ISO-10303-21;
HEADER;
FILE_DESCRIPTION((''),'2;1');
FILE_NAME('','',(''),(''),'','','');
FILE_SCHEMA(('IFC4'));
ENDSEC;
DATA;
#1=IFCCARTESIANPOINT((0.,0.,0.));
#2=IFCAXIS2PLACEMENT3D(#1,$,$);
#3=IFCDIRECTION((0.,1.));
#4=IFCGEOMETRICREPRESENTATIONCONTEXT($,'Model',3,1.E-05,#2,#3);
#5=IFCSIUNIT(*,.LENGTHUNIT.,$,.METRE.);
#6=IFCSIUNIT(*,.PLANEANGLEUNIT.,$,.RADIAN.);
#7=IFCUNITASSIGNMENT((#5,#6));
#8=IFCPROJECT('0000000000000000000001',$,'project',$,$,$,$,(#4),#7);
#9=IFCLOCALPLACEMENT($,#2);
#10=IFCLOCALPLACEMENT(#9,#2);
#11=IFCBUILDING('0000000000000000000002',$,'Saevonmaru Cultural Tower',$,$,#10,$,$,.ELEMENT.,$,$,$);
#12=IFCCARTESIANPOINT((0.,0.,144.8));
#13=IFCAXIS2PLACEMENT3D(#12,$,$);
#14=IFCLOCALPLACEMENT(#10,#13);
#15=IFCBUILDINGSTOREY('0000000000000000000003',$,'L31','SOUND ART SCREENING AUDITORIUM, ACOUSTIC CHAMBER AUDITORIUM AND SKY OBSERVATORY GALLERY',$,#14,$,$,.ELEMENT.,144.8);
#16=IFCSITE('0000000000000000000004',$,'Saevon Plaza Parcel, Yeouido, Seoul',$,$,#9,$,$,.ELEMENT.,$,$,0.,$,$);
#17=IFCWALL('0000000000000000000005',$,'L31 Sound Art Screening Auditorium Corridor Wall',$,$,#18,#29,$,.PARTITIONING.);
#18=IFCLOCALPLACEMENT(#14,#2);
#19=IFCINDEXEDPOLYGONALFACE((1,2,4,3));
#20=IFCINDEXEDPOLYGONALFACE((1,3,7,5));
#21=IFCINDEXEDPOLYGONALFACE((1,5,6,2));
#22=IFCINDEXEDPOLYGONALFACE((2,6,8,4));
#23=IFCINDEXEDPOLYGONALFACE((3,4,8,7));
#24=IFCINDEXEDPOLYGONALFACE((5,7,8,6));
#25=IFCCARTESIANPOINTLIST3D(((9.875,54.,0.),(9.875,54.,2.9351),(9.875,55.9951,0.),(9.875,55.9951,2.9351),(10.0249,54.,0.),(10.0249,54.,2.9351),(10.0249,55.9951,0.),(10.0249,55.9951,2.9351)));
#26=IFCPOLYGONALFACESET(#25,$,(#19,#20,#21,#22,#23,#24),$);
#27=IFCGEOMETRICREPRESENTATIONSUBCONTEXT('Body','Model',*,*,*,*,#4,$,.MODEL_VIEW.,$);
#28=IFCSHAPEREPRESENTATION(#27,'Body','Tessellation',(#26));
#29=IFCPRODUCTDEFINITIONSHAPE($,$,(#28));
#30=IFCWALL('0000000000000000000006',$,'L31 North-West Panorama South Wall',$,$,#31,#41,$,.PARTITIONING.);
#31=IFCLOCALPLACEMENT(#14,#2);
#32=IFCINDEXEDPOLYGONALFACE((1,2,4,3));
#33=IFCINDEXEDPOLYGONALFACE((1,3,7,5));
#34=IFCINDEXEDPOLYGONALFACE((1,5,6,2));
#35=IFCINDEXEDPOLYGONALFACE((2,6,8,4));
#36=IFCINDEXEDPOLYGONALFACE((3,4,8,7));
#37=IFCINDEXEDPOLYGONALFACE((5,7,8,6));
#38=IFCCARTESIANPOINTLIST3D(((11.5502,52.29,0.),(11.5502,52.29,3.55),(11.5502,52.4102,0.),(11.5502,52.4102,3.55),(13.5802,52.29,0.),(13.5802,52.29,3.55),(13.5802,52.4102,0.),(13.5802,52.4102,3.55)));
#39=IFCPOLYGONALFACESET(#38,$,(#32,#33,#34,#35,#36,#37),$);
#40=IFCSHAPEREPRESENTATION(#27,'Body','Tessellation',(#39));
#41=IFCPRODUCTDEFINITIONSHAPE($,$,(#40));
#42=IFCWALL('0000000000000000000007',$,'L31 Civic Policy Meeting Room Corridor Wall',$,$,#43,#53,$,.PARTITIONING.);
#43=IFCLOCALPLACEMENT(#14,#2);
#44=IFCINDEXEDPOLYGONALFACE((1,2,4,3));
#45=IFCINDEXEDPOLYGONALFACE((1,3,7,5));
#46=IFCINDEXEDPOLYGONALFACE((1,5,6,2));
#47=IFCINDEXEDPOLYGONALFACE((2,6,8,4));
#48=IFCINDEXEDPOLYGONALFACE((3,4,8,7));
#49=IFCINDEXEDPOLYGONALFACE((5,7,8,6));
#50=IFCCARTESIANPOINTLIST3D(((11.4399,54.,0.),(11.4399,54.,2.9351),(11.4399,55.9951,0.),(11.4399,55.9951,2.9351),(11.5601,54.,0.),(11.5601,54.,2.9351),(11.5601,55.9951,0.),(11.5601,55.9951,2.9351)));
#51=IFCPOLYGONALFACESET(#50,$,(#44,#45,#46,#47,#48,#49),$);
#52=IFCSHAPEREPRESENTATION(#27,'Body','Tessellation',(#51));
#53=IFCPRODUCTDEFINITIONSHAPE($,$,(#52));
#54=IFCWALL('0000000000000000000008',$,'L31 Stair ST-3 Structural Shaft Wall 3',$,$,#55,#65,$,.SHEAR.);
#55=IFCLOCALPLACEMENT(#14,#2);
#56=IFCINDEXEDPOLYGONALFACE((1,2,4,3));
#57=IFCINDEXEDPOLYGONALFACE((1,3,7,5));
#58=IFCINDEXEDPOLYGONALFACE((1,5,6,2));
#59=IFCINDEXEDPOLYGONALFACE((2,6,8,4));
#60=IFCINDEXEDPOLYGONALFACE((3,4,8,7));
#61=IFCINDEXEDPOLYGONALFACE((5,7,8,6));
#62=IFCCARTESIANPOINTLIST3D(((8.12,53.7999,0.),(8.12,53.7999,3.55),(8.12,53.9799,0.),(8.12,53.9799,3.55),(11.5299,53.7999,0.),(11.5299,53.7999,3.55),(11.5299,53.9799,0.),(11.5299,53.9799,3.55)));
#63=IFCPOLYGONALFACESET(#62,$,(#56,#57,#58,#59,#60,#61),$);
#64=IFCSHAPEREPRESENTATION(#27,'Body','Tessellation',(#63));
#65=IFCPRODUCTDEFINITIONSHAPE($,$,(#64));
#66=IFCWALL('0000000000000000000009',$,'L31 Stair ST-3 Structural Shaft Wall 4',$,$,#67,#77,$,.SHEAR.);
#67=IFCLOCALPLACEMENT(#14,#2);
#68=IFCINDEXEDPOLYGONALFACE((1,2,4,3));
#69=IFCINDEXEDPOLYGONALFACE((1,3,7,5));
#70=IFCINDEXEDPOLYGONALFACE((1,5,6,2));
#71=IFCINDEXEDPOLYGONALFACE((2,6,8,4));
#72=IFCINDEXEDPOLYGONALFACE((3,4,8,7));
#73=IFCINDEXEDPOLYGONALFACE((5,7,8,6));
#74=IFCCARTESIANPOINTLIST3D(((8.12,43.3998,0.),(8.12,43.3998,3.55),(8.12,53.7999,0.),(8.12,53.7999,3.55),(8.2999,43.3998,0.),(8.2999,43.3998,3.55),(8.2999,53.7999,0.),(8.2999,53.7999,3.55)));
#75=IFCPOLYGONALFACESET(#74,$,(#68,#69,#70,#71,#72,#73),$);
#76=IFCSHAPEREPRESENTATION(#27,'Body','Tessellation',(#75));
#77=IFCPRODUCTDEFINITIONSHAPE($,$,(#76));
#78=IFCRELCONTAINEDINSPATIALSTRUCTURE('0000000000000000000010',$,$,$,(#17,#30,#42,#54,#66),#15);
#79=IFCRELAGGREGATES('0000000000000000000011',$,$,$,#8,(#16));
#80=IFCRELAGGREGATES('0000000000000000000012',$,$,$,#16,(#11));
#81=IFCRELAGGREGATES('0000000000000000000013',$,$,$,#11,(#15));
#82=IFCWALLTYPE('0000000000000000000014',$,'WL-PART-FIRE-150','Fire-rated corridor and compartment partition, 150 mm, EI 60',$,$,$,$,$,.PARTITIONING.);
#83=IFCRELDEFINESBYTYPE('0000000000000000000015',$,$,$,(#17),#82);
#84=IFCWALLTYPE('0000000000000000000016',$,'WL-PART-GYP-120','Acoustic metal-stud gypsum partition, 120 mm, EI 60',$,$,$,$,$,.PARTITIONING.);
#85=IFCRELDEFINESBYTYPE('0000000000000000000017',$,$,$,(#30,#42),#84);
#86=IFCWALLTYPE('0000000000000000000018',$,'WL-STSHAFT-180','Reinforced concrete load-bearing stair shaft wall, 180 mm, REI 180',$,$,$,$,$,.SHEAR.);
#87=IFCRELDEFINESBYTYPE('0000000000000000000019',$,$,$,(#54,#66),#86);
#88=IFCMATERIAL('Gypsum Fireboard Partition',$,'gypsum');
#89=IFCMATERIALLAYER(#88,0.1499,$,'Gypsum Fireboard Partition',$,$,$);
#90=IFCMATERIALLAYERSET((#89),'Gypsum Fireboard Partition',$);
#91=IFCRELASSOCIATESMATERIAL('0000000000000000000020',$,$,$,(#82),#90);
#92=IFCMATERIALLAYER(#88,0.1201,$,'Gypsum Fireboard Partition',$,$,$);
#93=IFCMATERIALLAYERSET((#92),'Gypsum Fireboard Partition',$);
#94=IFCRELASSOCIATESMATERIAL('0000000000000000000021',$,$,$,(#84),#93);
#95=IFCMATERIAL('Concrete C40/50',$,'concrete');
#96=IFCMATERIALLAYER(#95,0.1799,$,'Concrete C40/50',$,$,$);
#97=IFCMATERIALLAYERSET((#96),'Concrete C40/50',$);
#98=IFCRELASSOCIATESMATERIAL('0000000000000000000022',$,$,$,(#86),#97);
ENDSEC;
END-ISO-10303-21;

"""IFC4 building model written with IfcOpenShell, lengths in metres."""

from ifc_helpers import new_model, si_unit, direction, frame, frame_2d, origin, place, context, subcontext, project, spatial, rectangle, extrude, material, layer, layer_set, type_object, element, save


model = new_model("IFC4")

# Units and contexts
model_context = context("Model", 3, precision=1e-05, world=origin(), true_north=direction((0.0, 1.0)))
body_context = subcontext(model_context, "Body", "Model", "MODEL_VIEW")
ifc_project = project(units=[si_unit("LENGTHUNIT", "METRE"), si_unit("PLANEANGLEUNIT", "RADIAN")], contexts=[model_context])

# Site, building, storey
site_placement = place(None, origin())
site = spatial("IfcSite", under=ifc_project, at=site_placement, Name="Saevon Plaza Parcel, Yeouido, Seoul", CompositionType="ELEMENT", RefElevation=0.0)
building_placement = place(site_placement, origin())
building = spatial("IfcBuilding", under=site, at=building_placement, Name="Saevonmaru Cultural Tower", CompositionType="ELEMENT")
storey_placement = place(building_placement, frame((0.0, 0.0, 144.8)))
storey = spatial("IfcBuildingStorey", under=building, at=storey_placement, Name="L31", Description="SOUND ART SCREENING AUDITORIUM, ACOUSTIC CHAMBER AUDITORIUM AND SKY OBSERVATORY GALLERY", CompositionType="ELEMENT", Elevation=144.8)

# Walls
ifc_material_1 = material(Name="Gypsum Fireboard Partition", Category="gypsum")
ifc_layer_1 = layer(ifc_material_1, 0.1499, Name="Gypsum Fireboard Partition")
ifc_layer_set_1 = layer_set([ifc_layer_1], Name="Gypsum Fireboard Partition")
wall_type_1 = type_object("IfcWallType", Name="WL-PART-FIRE-150", Description="Fire-rated corridor and compartment partition, 150 mm, EI 60", PredefinedType="PARTITIONING", material=ifc_layer_set_1)
wall_1_placement = place(storey_placement, frame((9.95, 54.0, 0.0), z_axis=(0.0, 0.0, 1.0), x_axis=(0.0, 1.0, 0.0)))
element("IfcWall", 1, at=wall_1_placement, inside=storey, type_object=wall_type_1, Name="L31 Sound Art Screening Auditorium Corridor Wall", PredefinedType="PARTITIONING", context=body_context, shape_type="SweptSolid", body=[
    extrude(rectangle(XDim=1.9951, YDim=0.1499, at=frame_2d((0.9976, 0.0))), origin(), (0.0, 0.0, 1.0), 2.9351),
])
ifc_layer_2 = layer(ifc_material_1, 0.1201, Name="Gypsum Fireboard Partition")
ifc_layer_set_2 = layer_set([ifc_layer_2], Name="Gypsum Fireboard Partition")
wall_type_2 = type_object("IfcWallType", Name="WL-PART-GYP-120", Description="Acoustic metal-stud gypsum partition, 120 mm, EI 60", PredefinedType="PARTITIONING", material=ifc_layer_set_2)
wall_2_placement = place(storey_placement, frame((11.55, 52.3501, 0.0), z_axis=(0.0, 0.0, 1.0), x_axis=(1.0, 0.0, 0.0)))
element("IfcWall", 2, at=wall_2_placement, inside=storey, type_object=wall_type_2, Name="L31 North-West Panorama South Wall", PredefinedType="PARTITIONING", context=body_context, shape_type="SweptSolid", body=[
    extrude(rectangle(XDim=2.03, YDim=0.1201, at=frame_2d((1.0151, 0.0))), origin(), (0.0, 0.0, 1.0), 3.55),
])
wall_3_placement = place(storey_placement, frame((11.5, 54.0, 0.0), z_axis=(0.0, 0.0, 1.0), x_axis=(0.0, 1.0, 0.0)))
element("IfcWall", 3, at=wall_3_placement, inside=storey, type_object=wall_type_2, Name="L31 Civic Policy Meeting Room Corridor Wall", PredefinedType="PARTITIONING", context=body_context, shape_type="SweptSolid", body=[
    extrude(rectangle(XDim=1.9951, YDim=0.1201, at=frame_2d((0.9976, 0.0))), origin(), (0.0, 0.0, 1.0), 2.9351),
])
ifc_material_2 = material(Name="Concrete C40/50", Category="concrete")
ifc_layer_3 = layer(ifc_material_2, 0.1799, Name="Concrete C40/50")
ifc_layer_set_3 = layer_set([ifc_layer_3], Name="Concrete C40/50")
wall_type_3 = type_object("IfcWallType", Name="WL-STSHAFT-180", Description="Reinforced concrete load-bearing stair shaft wall, 180 mm, REI 180", PredefinedType="SHEAR", material=ifc_layer_set_3)
wall_4_placement = place(storey_placement, frame((11.53, 53.8899, 0.0), z_axis=(0.0, 0.0, 1.0), x_axis=(-1.0, 0.0, 0.0)))
element("IfcWall", 4, at=wall_4_placement, inside=storey, type_object=wall_type_3, Name="L31 Stair ST-3 Structural Shaft Wall 3", PredefinedType="SHEAR", context=body_context, shape_type="SweptSolid", body=[
    extrude(rectangle(XDim=3.4099, YDim=0.1799, at=frame_2d((1.7051, 0.0))), origin(), (0.0, 0.0, 1.0), 3.55),
])
wall_5_placement = place(storey_placement, frame((8.21, 53.8, 0.0), z_axis=(0.0, 0.0, 1.0), x_axis=(0.0, -1.0, 0.0)))
element("IfcWall", 5, at=wall_5_placement, inside=storey, type_object=wall_type_3, Name="L31 Stair ST-3 Structural Shaft Wall 4", PredefinedType="SHEAR", context=body_context, shape_type="SweptSolid", body=[
    extrude(rectangle(XDim=10.4001, YDim=0.1799, at=frame_2d((5.2002, 0.0))), origin(), (0.0, 0.0, 1.0), 3.55),
])

save(model, "model.ifc")
